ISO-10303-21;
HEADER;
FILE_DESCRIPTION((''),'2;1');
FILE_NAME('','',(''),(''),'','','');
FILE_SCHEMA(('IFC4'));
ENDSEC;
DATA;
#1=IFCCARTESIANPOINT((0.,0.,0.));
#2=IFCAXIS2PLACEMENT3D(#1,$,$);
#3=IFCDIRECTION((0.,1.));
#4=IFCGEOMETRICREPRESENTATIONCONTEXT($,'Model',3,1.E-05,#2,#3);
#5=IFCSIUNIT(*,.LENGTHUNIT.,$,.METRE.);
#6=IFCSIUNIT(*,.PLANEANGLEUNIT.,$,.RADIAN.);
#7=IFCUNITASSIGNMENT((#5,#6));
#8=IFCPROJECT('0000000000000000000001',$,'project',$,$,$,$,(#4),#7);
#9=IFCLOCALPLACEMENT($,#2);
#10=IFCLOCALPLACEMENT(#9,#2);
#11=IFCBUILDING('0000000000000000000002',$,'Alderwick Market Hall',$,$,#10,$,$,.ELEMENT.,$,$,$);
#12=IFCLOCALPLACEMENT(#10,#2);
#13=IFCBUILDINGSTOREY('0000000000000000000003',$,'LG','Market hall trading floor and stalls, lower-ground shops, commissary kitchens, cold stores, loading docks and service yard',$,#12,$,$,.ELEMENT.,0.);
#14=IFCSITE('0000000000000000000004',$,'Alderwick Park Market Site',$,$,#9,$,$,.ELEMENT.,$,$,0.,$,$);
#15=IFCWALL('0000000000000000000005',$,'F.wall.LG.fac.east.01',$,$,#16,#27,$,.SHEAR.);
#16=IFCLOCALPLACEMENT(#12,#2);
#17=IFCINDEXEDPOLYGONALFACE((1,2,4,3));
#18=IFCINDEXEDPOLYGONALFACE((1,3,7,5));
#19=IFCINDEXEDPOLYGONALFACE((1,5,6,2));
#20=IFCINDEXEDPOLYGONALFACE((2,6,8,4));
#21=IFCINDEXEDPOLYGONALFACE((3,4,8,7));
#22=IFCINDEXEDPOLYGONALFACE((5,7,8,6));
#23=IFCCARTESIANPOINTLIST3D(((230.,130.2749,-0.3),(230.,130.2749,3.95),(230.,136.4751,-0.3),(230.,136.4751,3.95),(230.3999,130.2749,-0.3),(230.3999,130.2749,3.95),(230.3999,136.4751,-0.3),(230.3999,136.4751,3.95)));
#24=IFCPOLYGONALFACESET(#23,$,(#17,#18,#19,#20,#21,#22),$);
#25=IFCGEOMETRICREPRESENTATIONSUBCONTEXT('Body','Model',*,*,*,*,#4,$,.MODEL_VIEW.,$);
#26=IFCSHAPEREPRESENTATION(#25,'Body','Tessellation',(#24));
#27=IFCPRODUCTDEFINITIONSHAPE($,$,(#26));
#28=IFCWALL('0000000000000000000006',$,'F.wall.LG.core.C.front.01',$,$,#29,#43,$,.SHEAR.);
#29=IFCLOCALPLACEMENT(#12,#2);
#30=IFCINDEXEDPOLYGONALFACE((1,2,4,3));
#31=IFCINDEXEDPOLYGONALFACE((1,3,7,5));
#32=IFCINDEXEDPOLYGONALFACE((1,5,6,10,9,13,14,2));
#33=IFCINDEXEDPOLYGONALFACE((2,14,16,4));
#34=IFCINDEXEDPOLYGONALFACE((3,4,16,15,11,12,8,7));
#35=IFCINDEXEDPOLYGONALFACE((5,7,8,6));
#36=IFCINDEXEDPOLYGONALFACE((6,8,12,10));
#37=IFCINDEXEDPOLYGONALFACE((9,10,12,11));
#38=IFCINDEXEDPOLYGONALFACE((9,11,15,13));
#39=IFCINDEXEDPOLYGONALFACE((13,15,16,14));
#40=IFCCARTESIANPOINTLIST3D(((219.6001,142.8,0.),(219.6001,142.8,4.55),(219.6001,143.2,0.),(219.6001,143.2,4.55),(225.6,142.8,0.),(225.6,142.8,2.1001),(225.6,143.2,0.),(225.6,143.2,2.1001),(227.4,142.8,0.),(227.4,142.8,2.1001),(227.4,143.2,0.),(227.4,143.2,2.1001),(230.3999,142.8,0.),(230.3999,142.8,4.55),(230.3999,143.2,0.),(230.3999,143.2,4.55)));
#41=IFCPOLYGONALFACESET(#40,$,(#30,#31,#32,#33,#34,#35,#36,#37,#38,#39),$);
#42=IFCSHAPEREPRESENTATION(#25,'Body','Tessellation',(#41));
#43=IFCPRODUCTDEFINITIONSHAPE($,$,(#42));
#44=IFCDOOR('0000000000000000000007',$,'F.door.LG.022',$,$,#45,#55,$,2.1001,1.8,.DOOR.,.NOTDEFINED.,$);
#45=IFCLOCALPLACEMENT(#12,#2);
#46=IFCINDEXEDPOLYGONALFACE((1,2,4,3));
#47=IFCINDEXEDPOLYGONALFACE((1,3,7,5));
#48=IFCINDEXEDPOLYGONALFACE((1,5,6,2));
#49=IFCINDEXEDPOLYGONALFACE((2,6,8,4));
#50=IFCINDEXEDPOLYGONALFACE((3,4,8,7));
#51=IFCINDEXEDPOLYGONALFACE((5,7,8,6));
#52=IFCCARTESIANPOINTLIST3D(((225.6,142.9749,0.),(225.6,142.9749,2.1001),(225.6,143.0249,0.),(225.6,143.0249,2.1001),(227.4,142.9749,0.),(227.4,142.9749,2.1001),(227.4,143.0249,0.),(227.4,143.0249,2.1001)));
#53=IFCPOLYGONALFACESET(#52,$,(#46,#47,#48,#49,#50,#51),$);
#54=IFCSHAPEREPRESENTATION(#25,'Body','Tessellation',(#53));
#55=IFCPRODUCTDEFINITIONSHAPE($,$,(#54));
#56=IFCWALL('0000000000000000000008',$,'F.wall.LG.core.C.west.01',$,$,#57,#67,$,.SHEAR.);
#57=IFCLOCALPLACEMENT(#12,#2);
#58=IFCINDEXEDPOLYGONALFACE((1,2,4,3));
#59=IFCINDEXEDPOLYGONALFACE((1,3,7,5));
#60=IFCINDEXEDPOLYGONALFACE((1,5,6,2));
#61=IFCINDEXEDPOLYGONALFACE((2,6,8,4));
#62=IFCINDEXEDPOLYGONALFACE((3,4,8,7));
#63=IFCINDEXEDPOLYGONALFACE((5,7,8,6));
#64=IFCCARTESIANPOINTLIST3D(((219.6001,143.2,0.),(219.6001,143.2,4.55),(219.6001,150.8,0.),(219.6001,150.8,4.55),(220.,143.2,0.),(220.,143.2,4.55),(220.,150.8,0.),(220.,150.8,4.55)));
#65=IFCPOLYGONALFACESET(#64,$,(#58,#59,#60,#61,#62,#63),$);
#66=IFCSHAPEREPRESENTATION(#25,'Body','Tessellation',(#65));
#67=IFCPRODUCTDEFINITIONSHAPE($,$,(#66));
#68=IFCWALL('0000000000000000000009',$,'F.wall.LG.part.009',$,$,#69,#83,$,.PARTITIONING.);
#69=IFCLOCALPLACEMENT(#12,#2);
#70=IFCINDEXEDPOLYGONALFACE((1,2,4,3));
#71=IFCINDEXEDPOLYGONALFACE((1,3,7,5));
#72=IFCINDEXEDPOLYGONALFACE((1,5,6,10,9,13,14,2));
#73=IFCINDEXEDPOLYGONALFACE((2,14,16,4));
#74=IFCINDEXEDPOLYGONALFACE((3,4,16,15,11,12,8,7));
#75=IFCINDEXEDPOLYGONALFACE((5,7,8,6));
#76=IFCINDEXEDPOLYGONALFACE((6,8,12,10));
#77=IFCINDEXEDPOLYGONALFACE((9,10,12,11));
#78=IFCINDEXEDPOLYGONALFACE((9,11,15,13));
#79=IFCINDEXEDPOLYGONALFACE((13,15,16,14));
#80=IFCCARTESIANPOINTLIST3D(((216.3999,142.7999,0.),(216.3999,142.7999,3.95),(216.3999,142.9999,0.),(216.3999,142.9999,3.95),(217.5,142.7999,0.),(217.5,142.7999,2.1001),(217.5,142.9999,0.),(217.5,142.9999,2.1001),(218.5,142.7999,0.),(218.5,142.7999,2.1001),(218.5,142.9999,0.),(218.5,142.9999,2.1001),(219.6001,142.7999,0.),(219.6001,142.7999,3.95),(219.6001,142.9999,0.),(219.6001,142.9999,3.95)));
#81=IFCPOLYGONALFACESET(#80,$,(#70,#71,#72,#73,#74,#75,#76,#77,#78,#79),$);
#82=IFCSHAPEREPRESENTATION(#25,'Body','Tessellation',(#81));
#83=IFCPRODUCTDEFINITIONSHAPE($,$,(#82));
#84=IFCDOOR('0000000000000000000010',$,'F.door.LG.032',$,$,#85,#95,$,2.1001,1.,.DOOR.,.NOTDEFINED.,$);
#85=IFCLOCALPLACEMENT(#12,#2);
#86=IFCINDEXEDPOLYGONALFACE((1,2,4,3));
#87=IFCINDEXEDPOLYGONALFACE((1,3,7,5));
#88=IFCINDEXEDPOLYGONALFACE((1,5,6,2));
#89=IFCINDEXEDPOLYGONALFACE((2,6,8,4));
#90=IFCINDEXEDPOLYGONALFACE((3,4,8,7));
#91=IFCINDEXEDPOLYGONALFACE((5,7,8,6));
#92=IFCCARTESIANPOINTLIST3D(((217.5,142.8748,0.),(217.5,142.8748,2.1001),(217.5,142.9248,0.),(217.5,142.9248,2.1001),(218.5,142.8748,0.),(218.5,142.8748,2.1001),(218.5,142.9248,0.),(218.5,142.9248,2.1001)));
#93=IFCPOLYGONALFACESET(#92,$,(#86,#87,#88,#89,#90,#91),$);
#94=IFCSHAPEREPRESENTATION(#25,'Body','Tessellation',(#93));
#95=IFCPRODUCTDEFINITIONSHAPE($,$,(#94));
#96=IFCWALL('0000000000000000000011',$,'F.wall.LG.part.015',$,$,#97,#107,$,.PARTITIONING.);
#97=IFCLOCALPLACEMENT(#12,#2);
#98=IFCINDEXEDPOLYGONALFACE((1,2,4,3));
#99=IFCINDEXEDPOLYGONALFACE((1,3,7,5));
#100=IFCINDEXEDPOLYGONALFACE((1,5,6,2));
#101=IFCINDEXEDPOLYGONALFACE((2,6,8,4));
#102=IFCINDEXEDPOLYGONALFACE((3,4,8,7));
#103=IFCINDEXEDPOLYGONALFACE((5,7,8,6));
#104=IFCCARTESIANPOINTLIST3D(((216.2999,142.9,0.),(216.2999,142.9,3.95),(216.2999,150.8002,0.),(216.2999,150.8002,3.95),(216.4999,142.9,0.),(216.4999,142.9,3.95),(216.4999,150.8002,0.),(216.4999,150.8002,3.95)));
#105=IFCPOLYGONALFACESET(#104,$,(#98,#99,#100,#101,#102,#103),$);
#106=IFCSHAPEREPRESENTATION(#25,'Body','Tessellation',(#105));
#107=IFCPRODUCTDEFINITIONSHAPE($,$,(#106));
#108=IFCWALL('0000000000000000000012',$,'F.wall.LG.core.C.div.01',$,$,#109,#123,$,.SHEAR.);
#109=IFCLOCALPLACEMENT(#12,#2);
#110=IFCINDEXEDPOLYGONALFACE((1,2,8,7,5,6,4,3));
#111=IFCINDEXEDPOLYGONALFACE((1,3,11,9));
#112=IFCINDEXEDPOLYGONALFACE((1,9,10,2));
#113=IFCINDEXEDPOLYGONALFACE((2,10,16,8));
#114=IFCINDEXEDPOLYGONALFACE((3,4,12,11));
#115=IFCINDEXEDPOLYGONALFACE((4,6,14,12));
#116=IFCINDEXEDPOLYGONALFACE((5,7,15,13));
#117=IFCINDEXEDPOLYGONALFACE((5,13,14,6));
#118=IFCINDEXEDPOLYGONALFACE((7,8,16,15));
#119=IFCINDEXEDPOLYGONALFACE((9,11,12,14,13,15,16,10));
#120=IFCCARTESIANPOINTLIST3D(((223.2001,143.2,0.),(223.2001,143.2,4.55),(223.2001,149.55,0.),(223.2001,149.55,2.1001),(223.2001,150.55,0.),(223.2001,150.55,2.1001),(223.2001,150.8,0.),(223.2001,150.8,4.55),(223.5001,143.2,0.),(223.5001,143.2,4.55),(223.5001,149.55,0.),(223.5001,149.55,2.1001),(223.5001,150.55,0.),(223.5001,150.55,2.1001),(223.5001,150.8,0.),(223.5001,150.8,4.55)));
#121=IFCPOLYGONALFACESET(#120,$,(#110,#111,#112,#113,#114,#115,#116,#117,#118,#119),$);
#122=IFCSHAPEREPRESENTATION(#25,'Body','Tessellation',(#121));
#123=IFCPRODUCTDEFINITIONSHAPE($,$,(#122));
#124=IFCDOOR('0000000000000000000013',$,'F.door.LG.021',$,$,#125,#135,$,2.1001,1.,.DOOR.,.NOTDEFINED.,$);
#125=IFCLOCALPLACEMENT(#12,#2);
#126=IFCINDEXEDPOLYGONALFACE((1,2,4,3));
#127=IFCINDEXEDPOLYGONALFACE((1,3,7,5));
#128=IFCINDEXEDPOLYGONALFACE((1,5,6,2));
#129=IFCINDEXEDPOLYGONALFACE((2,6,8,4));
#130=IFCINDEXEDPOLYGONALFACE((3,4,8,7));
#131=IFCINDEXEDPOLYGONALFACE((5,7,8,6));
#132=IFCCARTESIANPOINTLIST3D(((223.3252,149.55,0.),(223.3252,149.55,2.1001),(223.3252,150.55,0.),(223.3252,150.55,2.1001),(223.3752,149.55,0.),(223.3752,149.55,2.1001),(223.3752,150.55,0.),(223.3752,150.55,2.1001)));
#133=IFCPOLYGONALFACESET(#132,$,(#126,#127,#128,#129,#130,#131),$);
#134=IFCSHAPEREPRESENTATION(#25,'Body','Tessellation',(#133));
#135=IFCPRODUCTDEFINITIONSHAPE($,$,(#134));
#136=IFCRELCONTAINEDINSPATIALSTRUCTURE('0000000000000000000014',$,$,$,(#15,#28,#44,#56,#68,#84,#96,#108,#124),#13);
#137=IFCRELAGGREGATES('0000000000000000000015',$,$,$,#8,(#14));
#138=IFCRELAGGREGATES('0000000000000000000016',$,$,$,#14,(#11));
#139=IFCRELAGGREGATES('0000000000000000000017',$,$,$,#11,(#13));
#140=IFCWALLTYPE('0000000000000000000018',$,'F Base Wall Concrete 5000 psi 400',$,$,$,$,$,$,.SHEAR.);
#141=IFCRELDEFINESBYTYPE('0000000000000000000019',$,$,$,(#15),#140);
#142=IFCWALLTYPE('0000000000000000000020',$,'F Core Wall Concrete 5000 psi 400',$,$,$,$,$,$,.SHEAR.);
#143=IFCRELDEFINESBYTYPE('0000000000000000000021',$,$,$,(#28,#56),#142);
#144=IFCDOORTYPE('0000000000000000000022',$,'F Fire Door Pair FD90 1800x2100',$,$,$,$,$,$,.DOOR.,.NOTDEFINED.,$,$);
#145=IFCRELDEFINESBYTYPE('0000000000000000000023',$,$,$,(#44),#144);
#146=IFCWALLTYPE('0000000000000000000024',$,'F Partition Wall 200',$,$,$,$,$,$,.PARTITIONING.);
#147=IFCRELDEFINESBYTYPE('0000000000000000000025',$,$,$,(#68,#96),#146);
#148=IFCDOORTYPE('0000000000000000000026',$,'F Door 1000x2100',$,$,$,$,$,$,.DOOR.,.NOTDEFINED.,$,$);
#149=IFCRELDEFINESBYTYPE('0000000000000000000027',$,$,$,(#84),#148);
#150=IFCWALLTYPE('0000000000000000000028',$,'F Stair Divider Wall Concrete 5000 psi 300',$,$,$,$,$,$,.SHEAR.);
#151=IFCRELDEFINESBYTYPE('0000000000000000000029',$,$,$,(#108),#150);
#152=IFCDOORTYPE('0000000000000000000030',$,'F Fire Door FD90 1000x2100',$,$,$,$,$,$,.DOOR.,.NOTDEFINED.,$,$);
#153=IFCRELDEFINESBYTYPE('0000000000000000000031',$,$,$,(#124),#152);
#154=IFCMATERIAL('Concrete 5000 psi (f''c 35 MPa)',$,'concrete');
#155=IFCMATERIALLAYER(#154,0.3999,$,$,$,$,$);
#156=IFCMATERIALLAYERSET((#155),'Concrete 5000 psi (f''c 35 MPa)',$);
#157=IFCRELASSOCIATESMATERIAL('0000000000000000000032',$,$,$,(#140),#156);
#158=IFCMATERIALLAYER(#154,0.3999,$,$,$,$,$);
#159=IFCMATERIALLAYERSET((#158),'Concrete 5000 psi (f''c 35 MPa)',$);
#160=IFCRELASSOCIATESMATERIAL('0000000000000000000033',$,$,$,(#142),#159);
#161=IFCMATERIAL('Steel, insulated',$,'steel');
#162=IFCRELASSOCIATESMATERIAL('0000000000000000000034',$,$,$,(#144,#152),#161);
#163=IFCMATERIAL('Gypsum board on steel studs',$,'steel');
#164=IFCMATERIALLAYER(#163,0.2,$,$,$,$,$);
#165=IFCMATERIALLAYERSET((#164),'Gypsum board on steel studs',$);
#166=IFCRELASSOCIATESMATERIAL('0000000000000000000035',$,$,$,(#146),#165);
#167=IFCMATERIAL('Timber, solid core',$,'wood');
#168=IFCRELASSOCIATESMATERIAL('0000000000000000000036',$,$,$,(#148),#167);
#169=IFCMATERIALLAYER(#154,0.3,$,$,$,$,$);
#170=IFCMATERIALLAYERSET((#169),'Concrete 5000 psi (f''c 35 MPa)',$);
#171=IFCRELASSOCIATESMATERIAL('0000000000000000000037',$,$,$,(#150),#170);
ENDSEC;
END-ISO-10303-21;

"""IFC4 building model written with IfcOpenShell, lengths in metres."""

from ifc_helpers import new_model, si_unit, direction, frame, frame_2d, origin, place, context, subcontext, project, spatial, rectangle, extrude, material, layer, layer_set, type_object, element, fill, save


model = new_model("IFC4")

# Units and contexts
model_context = context("Model", 3, precision=1e-05, world=origin(), true_north=direction((0.0, 1.0)))
body_context = subcontext(model_context, "Body", "Model", "MODEL_VIEW")
ifc_project = project(units=[si_unit("LENGTHUNIT", "METRE"), si_unit("PLANEANGLEUNIT", "RADIAN")], contexts=[model_context])

# Site, building, storey
site_placement = place(None, origin())
site = spatial("IfcSite", under=ifc_project, at=site_placement, Name="Alderwick Park Market Site", CompositionType="ELEMENT", RefElevation=0.0)
building_placement = place(site_placement, origin())
building = spatial("IfcBuilding", under=site, at=building_placement, Name="Alderwick Market Hall", CompositionType="ELEMENT")
storey_placement = place(building_placement, origin())
storey = spatial("IfcBuildingStorey", under=building, at=storey_placement, Name="LG", Description="Market hall trading floor and stalls, lower-ground shops, commissary kitchens, cold stores, loading docks and service yard", CompositionType="ELEMENT", Elevation=0.0)

# Shared definitions
ifc_material_1 = material(Name="Concrete 5000 psi (f'c 35 MPa)", Category="concrete")

# Wall
ifc_layer_1 = layer(ifc_material_1, 0.3999)
ifc_layer_set_1 = layer_set([ifc_layer_1], Name="Concrete 5000 psi (f'c 35 MPa)")
wall_type_1 = type_object("IfcWallType", Name="F Base Wall Concrete 5000 psi 400", PredefinedType="SHEAR", material=ifc_layer_set_1)
wall_1_placement = place(storey_placement, frame((230.2, 136.4751, -0.3), z_axis=(0.0, 0.0, 1.0), x_axis=(0.0, -1.0, 0.0)))
element("IfcWall", 1, at=wall_1_placement, inside=storey, type_object=wall_type_1, Name="F.wall.LG.fac.east.01", PredefinedType="SHEAR", context=body_context, shape_type="SweptSolid", body=[
    extrude(rectangle(XDim=6.2002, YDim=0.3999, at=frame_2d((3.1001, 0.0))), origin(), (0.0, 0.0, 1.0), 4.25),
])

# Wall, opening, door
ifc_layer_2 = layer(ifc_material_1, 0.3999)
ifc_layer_set_2 = layer_set([ifc_layer_2], Name="Concrete 5000 psi (f'c 35 MPa)")
wall_type_2 = type_object("IfcWallType", Name="F Core Wall Concrete 5000 psi 400", PredefinedType="SHEAR", material=ifc_layer_set_2)
wall_2_placement = place(storey_placement, frame((219.6001, 143.0, 0.0), z_axis=(0.0, 0.0, 1.0), x_axis=(1.0, 0.0, 0.0)))
wall_2 = element("IfcWall", 2, at=wall_2_placement, inside=storey, type_object=wall_type_2, Name="F.wall.LG.core.C.front.01", PredefinedType="SHEAR", context=body_context, shape_type="SweptSolid", body=[
    extrude(rectangle(XDim=10.7998, YDim=0.3999, at=frame_2d((5.3999, 0.0))), origin(), (0.0, 0.0, 1.0), 4.55),
])
opening_1_placement = place(wall_2_placement, frame((6.0, 0.0, 0.0)))
opening_1 = element("IfcOpeningElement", 3, at=opening_1_placement, cuts=wall_2, PredefinedType="OPENING", context=body_context, shape_type="SweptSolid", body=[
    extrude(rectangle(XDim=1.8, YDim=2.1001, at=frame_2d((0.8999, 1.05))), frame((0.0, 0.21, 0.0), z_axis=(0.0, -1.0, 0.0), x_axis=(1.0, 0.0, 0.0)), (0.0, 0.0, 1.0), 0.4199),
])
ifc_material_2 = material(Name="Steel, insulated", Category="steel")
door_type_1 = type_object("IfcDoorType", Name="F Fire Door Pair FD90 1800x2100", OperationType="NOTDEFINED", PredefinedType="DOOR", material=ifc_material_2)
door_1_placement = place(opening_1_placement, origin())
door_1 = element("IfcDoor", 4, at=door_1_placement, inside=storey, type_object=door_type_1, Name="F.door.LG.022", OperationType="NOTDEFINED", OverallHeight=2.1001, OverallWidth=1.8, PredefinedType="DOOR", context=body_context, shape_type="SweptSolid", body=[
    extrude(rectangle(XDim=1.8, YDim=2.1001, at=frame_2d((0.8999, 1.05))), frame((0.0, 0.0249, 0.0), z_axis=(0.0, -1.0, 0.0), x_axis=(1.0, 0.0, 0.0)), (0.0, 0.0, 1.0), 0.05),
])
fill(opening_1, door_1)

# Wall
wall_3_placement = place(storey_placement, frame((219.8, 143.2, 0.0), z_axis=(0.0, 0.0, 1.0), x_axis=(0.0, 1.0, 0.0)))
element("IfcWall", 5, at=wall_3_placement, inside=storey, type_object=wall_type_2, Name="F.wall.LG.core.C.west.01", PredefinedType="SHEAR", context=body_context, shape_type="SweptSolid", body=[
    extrude(rectangle(XDim=7.6001, YDim=0.3999, at=frame_2d((3.8, 0.0))), origin(), (0.0, 0.0, 1.0), 4.55),
])

# Wall, opening, door
ifc_material_3 = material(Name="Gypsum board on steel studs", Category="steel")
ifc_layer_3 = layer(ifc_material_3, 0.2)
ifc_layer_set_3 = layer_set([ifc_layer_3], Name="Gypsum board on steel studs")
wall_type_3 = type_object("IfcWallType", Name="F Partition Wall 200", PredefinedType="PARTITIONING", material=ifc_layer_set_3)
wall_4_placement = place(storey_placement, frame((216.3999, 142.8999, 0.0), z_axis=(0.0, 0.0, 1.0), x_axis=(1.0, 0.0, 0.0)))
wall_4 = element("IfcWall", 6, at=wall_4_placement, inside=storey, type_object=wall_type_3, Name="F.wall.LG.part.009", PredefinedType="PARTITIONING", context=body_context, shape_type="SweptSolid", body=[
    extrude(rectangle(XDim=3.2002, YDim=0.2, at=frame_2d((1.6001, 0.0))), origin(), (0.0, 0.0, 1.0), 3.95),
])
opening_2_placement = place(wall_4_placement, frame((1.1001, 0.0, 0.0)))
opening_2 = element("IfcOpeningElement", 7, at=opening_2_placement, cuts=wall_4, PredefinedType="OPENING", context=body_context, shape_type="SweptSolid", body=[
    extrude(rectangle(XDim=1.0, YDim=2.1001, at=frame_2d((0.5, 1.05))), frame((0.0, 0.1099, 0.0), z_axis=(0.0, -1.0, 0.0), x_axis=(1.0, 0.0, 0.0)), (0.0, 0.0, 1.0), 0.22),
])
ifc_material_4 = material(Name="Timber, solid core", Category="wood")
door_type_2 = type_object("IfcDoorType", Name="F Door 1000x2100", OperationType="NOTDEFINED", PredefinedType="DOOR", material=ifc_material_4)
door_2_placement = place(opening_2_placement, origin())
door_2 = element("IfcDoor", 8, at=door_2_placement, inside=storey, type_object=door_type_2, Name="F.door.LG.032", OperationType="NOTDEFINED", OverallHeight=2.1001, OverallWidth=1.0, PredefinedType="DOOR", context=body_context, shape_type="SweptSolid", body=[
    extrude(rectangle(XDim=1.0, YDim=2.1001, at=frame_2d((0.5, 1.05))), frame((0.0, 0.0249, 0.0), z_axis=(0.0, -1.0, 0.0), x_axis=(1.0, 0.0, 0.0)), (0.0, 0.0, 1.0), 0.05),
])
fill(opening_2, door_2)

# Wall
wall_5_placement = place(storey_placement, frame((216.3999, 142.8999, 0.0), z_axis=(0.0, 0.0, 1.0), x_axis=(0.0, 1.0, 0.0)))
element("IfcWall", 9, at=wall_5_placement, inside=storey, type_object=wall_type_3, Name="F.wall.LG.part.015", PredefinedType="PARTITIONING", context=body_context, shape_type="SweptSolid", body=[
    extrude(rectangle(XDim=7.9001, YDim=0.2, at=frame_2d((3.9502, 0.0))), origin(), (0.0, 0.0, 1.0), 3.95),
])

# Wall, opening, door
ifc_layer_4 = layer(ifc_material_1, 0.3)
ifc_layer_set_4 = layer_set([ifc_layer_4], Name="Concrete 5000 psi (f'c 35 MPa)")
wall_type_4 = type_object("IfcWallType", Name="F Stair Divider Wall Concrete 5000 psi 300", PredefinedType="SHEAR", material=ifc_layer_set_4)
wall_6_placement = place(storey_placement, frame((223.3501, 143.2, 0.0), z_axis=(0.0, 0.0, 1.0), x_axis=(0.0, 1.0, 0.0)))
wall_6 = element("IfcWall", 10, at=wall_6_placement, inside=storey, type_object=wall_type_4, Name="F.wall.LG.core.C.div.01", PredefinedType="SHEAR", context=body_context, shape_type="SweptSolid", body=[
    extrude(rectangle(XDim=7.6001, YDim=0.3, at=frame_2d((3.8, 0.0))), origin(), (0.0, 0.0, 1.0), 4.55),
])
opening_3_placement = place(wall_6_placement, frame((6.3501, 0.0, 0.0)))
opening_3 = element("IfcOpeningElement", 11, at=opening_3_placement, cuts=wall_6, PredefinedType="OPENING", context=body_context, shape_type="SweptSolid", body=[
    extrude(rectangle(XDim=1.0, YDim=2.1001, at=frame_2d((0.5, 1.05))), frame((0.0, 0.1599, 0.0), z_axis=(0.0, -1.0, 0.0), x_axis=(1.0, 0.0, 0.0)), (0.0, 0.0, 1.0), 0.3201),
])
door_type_3 = type_object("IfcDoorType", Name="F Fire Door FD90 1000x2100", OperationType="NOTDEFINED", PredefinedType="DOOR", material=ifc_material_2)
door_3_placement = place(opening_3_placement, origin())
door_3 = element("IfcDoor", 12, at=door_3_placement, inside=storey, type_object=door_type_3, Name="F.door.LG.021", OperationType="NOTDEFINED", OverallHeight=2.1001, OverallWidth=1.0, PredefinedType="DOOR", context=body_context, shape_type="SweptSolid", body=[
    extrude(rectangle(XDim=1.0, YDim=2.1001, at=frame_2d((0.5, 1.05))), frame((0.0, 0.0249, 0.0), z_axis=(0.0, -1.0, 0.0), x_axis=(1.0, 0.0, 0.0)), (0.0, 0.0, 1.0), 0.05),
])
fill(opening_3, door_3)

save(model, "model.ifc")
